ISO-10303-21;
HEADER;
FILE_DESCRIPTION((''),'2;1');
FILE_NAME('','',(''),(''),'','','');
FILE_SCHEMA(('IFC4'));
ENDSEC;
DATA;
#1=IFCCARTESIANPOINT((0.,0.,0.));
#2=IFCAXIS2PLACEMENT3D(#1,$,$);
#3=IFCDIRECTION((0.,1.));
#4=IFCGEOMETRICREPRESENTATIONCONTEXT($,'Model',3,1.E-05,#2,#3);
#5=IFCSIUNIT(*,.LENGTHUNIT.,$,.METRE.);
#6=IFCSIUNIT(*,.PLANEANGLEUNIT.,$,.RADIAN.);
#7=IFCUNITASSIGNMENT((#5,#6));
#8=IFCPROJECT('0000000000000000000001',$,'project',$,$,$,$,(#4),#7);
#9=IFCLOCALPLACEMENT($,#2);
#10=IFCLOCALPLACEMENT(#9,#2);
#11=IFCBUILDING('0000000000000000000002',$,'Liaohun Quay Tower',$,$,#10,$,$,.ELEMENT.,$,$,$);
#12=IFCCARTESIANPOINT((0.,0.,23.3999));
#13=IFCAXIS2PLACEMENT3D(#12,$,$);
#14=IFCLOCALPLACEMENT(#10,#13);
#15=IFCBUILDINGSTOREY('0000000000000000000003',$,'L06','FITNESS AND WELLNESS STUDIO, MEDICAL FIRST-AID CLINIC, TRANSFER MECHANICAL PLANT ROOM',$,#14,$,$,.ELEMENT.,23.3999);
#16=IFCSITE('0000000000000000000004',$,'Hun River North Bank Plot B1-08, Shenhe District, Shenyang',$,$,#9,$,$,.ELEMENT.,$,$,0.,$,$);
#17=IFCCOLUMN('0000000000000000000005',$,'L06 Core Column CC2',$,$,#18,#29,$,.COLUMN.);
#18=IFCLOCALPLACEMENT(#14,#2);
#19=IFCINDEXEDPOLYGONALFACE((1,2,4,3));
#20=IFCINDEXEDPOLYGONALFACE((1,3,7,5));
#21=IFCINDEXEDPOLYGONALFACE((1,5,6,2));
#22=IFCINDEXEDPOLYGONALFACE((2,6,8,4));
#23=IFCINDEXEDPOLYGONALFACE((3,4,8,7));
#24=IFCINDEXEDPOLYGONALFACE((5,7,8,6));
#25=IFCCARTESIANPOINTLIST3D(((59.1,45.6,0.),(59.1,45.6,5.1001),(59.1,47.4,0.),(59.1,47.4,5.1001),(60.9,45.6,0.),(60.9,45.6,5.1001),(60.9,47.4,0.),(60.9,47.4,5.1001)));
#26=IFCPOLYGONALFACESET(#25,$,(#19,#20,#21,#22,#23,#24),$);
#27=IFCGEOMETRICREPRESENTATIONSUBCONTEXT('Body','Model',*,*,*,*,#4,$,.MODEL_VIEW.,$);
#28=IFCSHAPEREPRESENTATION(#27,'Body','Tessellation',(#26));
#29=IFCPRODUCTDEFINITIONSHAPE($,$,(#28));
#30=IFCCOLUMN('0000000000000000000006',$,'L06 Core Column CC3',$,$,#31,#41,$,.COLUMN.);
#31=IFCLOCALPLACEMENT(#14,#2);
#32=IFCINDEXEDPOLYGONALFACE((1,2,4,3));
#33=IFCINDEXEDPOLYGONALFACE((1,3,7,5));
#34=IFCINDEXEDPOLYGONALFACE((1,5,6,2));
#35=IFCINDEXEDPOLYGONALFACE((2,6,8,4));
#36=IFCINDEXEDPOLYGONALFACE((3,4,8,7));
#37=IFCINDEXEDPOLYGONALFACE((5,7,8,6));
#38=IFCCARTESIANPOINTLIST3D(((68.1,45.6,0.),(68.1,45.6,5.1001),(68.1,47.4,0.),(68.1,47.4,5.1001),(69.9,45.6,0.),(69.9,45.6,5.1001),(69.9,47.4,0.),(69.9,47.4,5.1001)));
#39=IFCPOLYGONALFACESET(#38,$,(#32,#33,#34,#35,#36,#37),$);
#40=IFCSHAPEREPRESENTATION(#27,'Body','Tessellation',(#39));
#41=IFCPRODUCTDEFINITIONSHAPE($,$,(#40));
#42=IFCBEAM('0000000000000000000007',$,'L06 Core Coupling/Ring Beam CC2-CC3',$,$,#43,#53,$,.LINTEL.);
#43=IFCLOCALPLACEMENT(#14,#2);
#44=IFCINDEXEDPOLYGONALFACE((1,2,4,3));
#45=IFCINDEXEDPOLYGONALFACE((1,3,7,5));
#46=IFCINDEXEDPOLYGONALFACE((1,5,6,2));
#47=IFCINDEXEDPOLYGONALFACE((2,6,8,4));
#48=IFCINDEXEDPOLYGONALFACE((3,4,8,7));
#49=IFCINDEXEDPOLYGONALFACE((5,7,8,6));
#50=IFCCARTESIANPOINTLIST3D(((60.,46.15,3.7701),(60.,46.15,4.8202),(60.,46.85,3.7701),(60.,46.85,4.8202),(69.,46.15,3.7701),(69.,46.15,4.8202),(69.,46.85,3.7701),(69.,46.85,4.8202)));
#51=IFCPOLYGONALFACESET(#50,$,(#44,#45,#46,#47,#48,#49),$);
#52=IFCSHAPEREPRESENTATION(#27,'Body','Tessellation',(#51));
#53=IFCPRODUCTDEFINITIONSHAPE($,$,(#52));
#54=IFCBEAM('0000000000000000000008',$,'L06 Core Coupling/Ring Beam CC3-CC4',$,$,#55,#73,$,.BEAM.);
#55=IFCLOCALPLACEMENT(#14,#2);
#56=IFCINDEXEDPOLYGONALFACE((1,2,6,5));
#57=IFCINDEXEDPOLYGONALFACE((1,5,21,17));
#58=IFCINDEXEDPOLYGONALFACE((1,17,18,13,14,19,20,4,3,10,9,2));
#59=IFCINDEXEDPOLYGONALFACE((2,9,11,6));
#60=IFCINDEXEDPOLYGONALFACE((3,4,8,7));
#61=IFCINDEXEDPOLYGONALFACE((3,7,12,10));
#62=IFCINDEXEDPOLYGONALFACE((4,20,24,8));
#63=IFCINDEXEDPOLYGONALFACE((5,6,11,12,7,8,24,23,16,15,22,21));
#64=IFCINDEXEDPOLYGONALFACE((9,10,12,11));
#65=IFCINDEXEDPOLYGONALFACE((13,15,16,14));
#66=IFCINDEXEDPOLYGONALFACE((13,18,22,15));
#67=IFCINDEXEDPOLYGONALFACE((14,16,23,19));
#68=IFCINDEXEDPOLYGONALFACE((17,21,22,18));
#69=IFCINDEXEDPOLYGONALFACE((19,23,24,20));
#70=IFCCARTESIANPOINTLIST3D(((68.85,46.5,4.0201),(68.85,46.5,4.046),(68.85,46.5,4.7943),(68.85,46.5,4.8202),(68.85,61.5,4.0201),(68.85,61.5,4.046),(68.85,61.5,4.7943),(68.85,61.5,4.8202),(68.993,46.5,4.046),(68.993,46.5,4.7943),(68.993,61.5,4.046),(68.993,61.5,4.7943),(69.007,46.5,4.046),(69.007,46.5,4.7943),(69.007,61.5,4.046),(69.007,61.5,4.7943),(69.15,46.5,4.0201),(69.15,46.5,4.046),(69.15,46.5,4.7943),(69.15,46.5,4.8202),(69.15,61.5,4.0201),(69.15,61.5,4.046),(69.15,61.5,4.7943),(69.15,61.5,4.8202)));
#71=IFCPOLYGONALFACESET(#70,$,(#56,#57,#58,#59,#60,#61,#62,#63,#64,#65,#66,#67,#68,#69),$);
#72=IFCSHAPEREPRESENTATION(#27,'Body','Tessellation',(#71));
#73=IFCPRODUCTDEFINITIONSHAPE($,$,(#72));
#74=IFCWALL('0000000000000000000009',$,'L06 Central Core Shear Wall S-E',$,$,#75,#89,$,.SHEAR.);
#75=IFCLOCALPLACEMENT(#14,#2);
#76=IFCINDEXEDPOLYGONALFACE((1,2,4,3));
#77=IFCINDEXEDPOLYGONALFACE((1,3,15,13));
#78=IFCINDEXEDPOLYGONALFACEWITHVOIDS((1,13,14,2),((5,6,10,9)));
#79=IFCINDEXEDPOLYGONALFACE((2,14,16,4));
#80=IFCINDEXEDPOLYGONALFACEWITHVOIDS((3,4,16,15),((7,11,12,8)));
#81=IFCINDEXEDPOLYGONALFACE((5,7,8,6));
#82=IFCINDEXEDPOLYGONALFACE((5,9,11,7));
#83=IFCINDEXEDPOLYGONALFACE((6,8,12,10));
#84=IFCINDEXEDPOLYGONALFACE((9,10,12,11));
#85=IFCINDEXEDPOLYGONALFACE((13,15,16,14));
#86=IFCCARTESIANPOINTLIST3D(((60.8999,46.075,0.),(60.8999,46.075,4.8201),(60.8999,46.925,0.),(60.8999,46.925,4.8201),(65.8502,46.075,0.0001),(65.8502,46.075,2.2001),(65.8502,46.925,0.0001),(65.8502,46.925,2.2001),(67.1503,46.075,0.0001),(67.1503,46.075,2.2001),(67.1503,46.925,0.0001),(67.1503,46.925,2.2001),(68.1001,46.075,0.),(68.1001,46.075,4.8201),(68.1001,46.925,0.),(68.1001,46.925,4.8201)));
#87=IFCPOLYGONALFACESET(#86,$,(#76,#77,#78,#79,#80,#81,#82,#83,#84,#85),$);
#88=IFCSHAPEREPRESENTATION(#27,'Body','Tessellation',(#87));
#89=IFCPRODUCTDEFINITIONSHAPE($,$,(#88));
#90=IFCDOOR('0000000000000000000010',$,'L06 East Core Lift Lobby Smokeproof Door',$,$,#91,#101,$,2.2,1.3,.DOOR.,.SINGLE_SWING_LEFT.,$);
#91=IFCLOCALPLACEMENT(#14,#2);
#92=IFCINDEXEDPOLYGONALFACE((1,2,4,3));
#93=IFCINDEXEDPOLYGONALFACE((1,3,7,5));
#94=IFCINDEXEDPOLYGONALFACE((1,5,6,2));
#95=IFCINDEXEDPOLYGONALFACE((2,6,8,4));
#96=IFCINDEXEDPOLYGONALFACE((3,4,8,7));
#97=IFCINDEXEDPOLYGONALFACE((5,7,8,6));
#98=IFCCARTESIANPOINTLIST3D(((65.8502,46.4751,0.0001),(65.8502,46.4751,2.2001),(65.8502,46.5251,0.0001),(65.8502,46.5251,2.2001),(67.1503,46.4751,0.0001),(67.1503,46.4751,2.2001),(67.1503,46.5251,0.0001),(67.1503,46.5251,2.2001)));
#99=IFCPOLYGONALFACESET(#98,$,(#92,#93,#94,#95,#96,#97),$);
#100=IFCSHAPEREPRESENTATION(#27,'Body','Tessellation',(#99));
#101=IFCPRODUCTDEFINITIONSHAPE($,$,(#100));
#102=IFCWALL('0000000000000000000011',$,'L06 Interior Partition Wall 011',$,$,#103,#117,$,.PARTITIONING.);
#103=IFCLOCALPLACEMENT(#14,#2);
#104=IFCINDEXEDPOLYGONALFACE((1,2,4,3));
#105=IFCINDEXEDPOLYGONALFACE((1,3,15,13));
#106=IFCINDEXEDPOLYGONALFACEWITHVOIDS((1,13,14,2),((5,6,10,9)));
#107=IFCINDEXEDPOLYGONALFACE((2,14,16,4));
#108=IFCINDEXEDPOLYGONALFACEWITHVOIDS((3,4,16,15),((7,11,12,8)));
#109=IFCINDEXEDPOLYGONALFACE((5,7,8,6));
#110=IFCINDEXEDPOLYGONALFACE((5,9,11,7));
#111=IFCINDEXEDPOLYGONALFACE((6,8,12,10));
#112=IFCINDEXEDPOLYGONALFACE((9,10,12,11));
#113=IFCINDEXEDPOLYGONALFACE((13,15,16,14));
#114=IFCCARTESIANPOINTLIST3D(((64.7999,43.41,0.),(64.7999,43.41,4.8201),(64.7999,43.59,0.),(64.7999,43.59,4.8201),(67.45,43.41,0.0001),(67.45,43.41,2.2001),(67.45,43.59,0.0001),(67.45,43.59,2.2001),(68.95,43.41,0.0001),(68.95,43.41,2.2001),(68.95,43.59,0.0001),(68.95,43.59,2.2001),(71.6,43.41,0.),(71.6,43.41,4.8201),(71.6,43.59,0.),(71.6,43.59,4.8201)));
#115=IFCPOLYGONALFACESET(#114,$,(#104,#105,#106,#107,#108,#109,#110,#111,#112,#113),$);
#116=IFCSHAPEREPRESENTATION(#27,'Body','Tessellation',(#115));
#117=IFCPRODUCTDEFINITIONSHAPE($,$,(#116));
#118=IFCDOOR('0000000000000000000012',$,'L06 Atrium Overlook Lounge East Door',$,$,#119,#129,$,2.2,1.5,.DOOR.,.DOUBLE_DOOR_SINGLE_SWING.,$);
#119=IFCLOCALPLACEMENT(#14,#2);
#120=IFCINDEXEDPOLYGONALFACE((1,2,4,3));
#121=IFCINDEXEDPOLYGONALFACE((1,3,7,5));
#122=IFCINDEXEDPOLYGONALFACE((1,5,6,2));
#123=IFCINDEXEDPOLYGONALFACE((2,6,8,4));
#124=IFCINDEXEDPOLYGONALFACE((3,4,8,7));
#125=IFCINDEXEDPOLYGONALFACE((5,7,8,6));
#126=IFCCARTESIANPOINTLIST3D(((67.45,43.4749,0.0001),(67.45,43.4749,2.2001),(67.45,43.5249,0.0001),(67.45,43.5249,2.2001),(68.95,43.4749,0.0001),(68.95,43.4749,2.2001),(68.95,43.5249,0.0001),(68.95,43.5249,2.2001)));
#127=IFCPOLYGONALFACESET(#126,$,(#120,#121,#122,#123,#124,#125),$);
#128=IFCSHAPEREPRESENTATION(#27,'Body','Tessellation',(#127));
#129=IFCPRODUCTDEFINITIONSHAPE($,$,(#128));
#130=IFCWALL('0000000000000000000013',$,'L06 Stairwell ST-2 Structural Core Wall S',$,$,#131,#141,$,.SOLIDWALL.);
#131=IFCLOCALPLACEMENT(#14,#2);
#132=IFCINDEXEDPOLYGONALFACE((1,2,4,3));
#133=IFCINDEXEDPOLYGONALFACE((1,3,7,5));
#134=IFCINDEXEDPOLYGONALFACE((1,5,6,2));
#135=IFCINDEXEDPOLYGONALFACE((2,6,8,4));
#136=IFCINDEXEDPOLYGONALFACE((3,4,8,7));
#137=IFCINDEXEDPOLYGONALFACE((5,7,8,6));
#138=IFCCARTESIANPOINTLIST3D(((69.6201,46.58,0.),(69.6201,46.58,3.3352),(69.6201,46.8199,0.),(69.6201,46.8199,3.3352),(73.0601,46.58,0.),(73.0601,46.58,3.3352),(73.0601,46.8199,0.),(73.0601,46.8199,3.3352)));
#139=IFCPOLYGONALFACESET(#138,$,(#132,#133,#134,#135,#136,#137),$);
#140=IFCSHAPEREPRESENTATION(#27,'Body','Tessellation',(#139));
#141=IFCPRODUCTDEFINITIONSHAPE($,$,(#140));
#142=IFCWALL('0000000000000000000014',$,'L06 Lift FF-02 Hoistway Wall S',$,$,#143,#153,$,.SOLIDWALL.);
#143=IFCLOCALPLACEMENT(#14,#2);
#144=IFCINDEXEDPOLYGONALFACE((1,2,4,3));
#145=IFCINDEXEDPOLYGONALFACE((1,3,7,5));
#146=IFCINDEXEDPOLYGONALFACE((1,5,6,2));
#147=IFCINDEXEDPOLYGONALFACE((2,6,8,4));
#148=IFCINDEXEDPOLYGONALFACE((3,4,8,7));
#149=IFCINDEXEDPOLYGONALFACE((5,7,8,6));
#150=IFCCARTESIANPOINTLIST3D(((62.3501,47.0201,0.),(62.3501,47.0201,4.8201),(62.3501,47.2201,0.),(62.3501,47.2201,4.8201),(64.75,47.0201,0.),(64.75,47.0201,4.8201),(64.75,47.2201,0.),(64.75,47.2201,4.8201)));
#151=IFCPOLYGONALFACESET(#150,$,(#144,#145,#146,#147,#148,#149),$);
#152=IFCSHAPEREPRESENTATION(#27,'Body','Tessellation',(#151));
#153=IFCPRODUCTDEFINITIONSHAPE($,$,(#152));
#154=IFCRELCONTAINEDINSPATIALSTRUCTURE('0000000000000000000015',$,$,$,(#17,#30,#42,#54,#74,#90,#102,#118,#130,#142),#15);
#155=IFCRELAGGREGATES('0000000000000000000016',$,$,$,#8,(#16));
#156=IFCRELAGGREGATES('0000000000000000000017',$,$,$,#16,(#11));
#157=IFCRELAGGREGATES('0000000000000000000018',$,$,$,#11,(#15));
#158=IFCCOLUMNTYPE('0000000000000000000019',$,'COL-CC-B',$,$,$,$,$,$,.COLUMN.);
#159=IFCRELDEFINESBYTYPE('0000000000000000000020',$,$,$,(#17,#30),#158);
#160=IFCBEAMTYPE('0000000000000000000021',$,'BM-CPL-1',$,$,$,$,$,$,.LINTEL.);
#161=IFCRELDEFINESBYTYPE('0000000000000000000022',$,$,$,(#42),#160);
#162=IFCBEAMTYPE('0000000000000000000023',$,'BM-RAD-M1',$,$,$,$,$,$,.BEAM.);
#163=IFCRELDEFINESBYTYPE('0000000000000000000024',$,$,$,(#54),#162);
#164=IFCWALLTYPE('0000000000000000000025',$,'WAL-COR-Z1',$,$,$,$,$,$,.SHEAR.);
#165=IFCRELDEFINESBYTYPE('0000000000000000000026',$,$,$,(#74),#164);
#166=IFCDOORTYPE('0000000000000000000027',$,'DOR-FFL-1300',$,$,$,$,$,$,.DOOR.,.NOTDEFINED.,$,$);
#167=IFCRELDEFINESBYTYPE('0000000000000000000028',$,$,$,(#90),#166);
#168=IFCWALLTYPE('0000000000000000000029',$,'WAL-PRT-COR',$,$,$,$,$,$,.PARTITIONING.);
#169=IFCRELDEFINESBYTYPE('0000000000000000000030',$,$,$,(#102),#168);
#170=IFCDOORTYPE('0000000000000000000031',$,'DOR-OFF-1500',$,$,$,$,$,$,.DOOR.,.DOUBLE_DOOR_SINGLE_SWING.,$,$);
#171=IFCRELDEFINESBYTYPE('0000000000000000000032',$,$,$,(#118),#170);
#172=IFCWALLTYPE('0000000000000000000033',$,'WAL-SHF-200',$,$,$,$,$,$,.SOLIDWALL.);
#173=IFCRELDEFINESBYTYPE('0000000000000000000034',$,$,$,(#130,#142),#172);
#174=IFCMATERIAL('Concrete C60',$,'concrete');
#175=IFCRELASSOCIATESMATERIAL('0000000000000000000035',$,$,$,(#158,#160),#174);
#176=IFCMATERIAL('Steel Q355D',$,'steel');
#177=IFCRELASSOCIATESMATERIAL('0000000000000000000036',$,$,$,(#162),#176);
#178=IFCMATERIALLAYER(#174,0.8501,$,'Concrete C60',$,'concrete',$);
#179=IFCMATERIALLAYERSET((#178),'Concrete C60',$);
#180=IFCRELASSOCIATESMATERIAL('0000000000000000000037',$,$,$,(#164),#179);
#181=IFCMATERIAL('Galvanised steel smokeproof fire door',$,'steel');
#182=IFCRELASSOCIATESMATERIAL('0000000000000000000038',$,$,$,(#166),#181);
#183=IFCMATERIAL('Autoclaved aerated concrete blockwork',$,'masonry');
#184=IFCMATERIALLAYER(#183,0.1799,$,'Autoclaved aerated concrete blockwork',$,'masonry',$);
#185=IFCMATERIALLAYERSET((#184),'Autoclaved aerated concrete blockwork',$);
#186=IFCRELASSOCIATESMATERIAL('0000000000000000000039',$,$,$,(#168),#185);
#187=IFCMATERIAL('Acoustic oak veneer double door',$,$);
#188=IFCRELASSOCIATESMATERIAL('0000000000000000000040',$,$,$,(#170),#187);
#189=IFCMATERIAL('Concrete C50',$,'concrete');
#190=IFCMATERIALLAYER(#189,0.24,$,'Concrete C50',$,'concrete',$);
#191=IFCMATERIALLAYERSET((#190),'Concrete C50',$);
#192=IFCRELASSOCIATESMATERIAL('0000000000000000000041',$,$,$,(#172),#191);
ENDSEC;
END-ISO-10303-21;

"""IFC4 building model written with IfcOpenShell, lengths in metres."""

from ifc_helpers import new_model, si_unit, direction, frame, frame_2d, origin, origin_2d, place, context, subcontext, project, spatial, rectangle, i_section, extrude, source, transform, mapped, material, layer, layer_set, material_profile, profile_set, type_object, element, fill, save


model = new_model("IFC4")

# Units and contexts
model_context = context("Model", 3, precision=1e-05, world=origin(), true_north=direction((0.0, 1.0)))
body_context = subcontext(model_context, "Body", "Model", "MODEL_VIEW")
ifc_project = project(units=[si_unit("LENGTHUNIT", "METRE"), si_unit("PLANEANGLEUNIT", "RADIAN")], contexts=[model_context])

# Site, building, storey
site_placement = place(None, origin())
site = spatial("IfcSite", under=ifc_project, at=site_placement, Name="Hun River North Bank Plot B1-08, Shenhe District, Shenyang", CompositionType="ELEMENT", RefElevation=0.0)
building_placement = place(site_placement, origin())
building = spatial("IfcBuilding", under=site, at=building_placement, Name="Liaohun Quay Tower", CompositionType="ELEMENT")
storey_placement = place(building_placement, frame((0.0, 0.0, 23.3999)))
storey = spatial("IfcBuildingStorey", under=building, at=storey_placement, Name="L06", Description="FITNESS AND WELLNESS STUDIO, MEDICAL FIRST-AID CLINIC, TRANSFER MECHANICAL PLANT ROOM", CompositionType="ELEMENT", Elevation=23.3999)

# Columns
ifc_material_1 = material(Name="Concrete C60", Category="concrete")
ifc_material_profile_1 = material_profile(ifc_material_1, rectangle(XDim=1.8, YDim=1.8, at=origin_2d()), Name="RC1800x1800")
ifc_profile_set_1 = profile_set([ifc_material_profile_1], Name="Concrete C60")
column_type = type_object("IfcColumnType", Name="COL-CC-B", PredefinedType="COLUMN", material=ifc_profile_set_1)
shared_shape_1 = source(origin(), body_context, "Body", "SweptSolid", [
    extrude(rectangle(XDim=1.8, YDim=1.8, at=origin_2d()), origin(), (0.0, 0.0, 1.0), 5.1001),
])
for number, where, z_axis, x_axis, name in (
    (1, (60.0, 46.5, 0.0), (0.0, 0.0, 1.0), (1.0, 0.0, 0.0), "L06 Core Column CC2"),
    (2, (69.0, 46.5, 0.0), (0.0, 0.0, 1.0), (1.0, 0.0, 0.0), "L06 Core Column CC3"),
):
    element("IfcColumn", number, at=place(storey_placement, frame(where, z_axis=z_axis, x_axis=x_axis)), inside=storey, type_object=column_type, Name=name, PredefinedType="COLUMN", context=body_context, shape_type="MappedRepresentation", body=[
        mapped(shared_shape_1, transform((0.0, 0.0, 0.0), x_axis=(1.0, 0.0, 0.0), y_axis=(0.0, 1.0, 0.0), z_axis=(0.0, 0.0, 1.0), scale=1.0)),
    ])

# Beams
ifc_material_profile_2 = material_profile(ifc_material_1, rectangle(XDim=0.7, YDim=1.05, at=origin_2d()), Name="RC700x1050")
ifc_profile_set_2 = profile_set([ifc_material_profile_2], Name="Concrete C60")
beam_type_1 = type_object("IfcBeamType", Name="BM-CPL-1", PredefinedType="LINTEL", material=ifc_profile_set_2)
shared_shape_2 = source(origin(), body_context, "Body", "SweptSolid", [
    extrude(rectangle(XDim=0.7, YDim=1.05, at=origin_2d()), origin(), (0.0, 0.0, 1.0), 9.0),
])
beam_1_placement = place(storey_placement, frame((60.0, 46.5, 4.2952), z_axis=(1.0, 0.0, 0.0), x_axis=(0.0, 1.0, 0.0)))
element("IfcBeam", 3, at=beam_1_placement, inside=storey, type_object=beam_type_1, Name="L06 Core Coupling/Ring Beam CC2-CC3", PredefinedType="LINTEL", context=body_context, shape_type="MappedRepresentation", body=[
    mapped(shared_shape_2, transform((0.0, 0.0, 0.0), x_axis=(1.0, 0.0, 0.0), y_axis=(0.0, 1.0, 0.0), z_axis=(0.0, 0.0, 1.0), scale=1.0)),
])
ifc_material_2 = material(Name="Steel Q355D", Category="steel")
ifc_material_profile_3 = material_profile(ifc_material_2, i_section(OverallWidth=0.3, OverallDepth=0.8, WebThickness=0.0139, FlangeThickness=0.0259, at=origin_2d()), Name="HN800x300x14x26")
ifc_profile_set_3 = profile_set([ifc_material_profile_3], Name="Steel Q355D")
beam_type_2 = type_object("IfcBeamType", Name="BM-RAD-M1", PredefinedType="BEAM", material=ifc_profile_set_3)
shared_shape_3 = source(origin(), body_context, "Body", "SweptSolid", [
    extrude(i_section(OverallWidth=0.3, OverallDepth=0.8, WebThickness=0.0139, FlangeThickness=0.0259, at=origin_2d()), origin(), (0.0, 0.0, 1.0), 15.0),
])
beam_2_placement = place(storey_placement, frame((69.0, 46.5, 4.4202), z_axis=(0.0, 1.0, 0.0), x_axis=(-1.0, 0.0, 0.0)))
element("IfcBeam", 4, at=beam_2_placement, inside=storey, type_object=beam_type_2, Name="L06 Core Coupling/Ring Beam CC3-CC4", PredefinedType="BEAM", context=body_context, shape_type="MappedRepresentation", body=[
    mapped(shared_shape_3, transform((0.0, 0.0, 0.0), x_axis=(1.0, 0.0, 0.0), y_axis=(0.0, 1.0, 0.0), z_axis=(0.0, 0.0, 1.0), scale=1.0)),
])

# Walls, openings, doors
ifc_layer_1 = layer(ifc_material_1, 0.8501, Name="Concrete C60", Category="concrete")
ifc_layer_set_1 = layer_set([ifc_layer_1], Name="Concrete C60")
wall_type_1 = type_object("IfcWallType", Name="WAL-COR-Z1", PredefinedType="SHEAR", material=ifc_layer_set_1)
wall_1_placement = place(storey_placement, frame((68.1001, 46.5, 0.0), z_axis=(0.0, 0.0, 1.0), x_axis=(-1.0, 0.0, 0.0)))
wall_1 = element("IfcWall", 5, at=wall_1_placement, inside=storey, type_object=wall_type_1, Name="L06 Central Core Shear Wall S-E", PredefinedType="SHEAR", context=body_context, shape_type="SweptSolid", body=[
    extrude(rectangle(XDim=7.2002, YDim=0.8501, at=frame_2d((3.6001, 0.0))), origin(), (0.0, 0.0, 1.0), 4.8201),
])
shared_shape_4 = source(origin(), body_context, "Body", "SweptSolid", [
    extrude(rectangle(XDim=1.3, YDim=2.2, at=frame_2d((0.6499, 1.1001))), frame((0.0, 0.4351, 0.0), z_axis=(0.0, -1.0, 0.0), x_axis=(1.0, 0.0, 0.0)), (0.0, 0.0, 1.0), 0.8701),
])
opening_1_placement = place(wall_1_placement, frame((0.95, 0.0, 0.0)))
opening_1 = element("IfcOpeningElement", 6, at=opening_1_placement, cuts=wall_1, PredefinedType="OPENING", context=body_context, shape_type="MappedRepresentation", body=[
    mapped(shared_shape_4, transform((0.0, 0.0, 0.0), x_axis=(1.0, 0.0, 0.0), y_axis=(0.0, 1.0, 0.0), z_axis=(0.0, 0.0, 1.0), scale=1.0)),
])
ifc_material_3 = material(Name="Galvanised steel smokeproof fire door", Category="steel")
door_type_1 = type_object("IfcDoorType", Name="DOR-FFL-1300", OperationType="NOTDEFINED", PredefinedType="DOOR", material=ifc_material_3)
shared_shape_5 = source(origin(), body_context, "Body", "SweptSolid", [
    extrude(rectangle(XDim=1.3, YDim=2.2, at=frame_2d((0.6499, 1.1001))), frame((0.0, 0.0249, 0.0), z_axis=(0.0, -1.0, 0.0), x_axis=(1.0, 0.0, 0.0)), (0.0, 0.0, 1.0), 0.05),
])
door_1_placement = place(opening_1_placement, origin())
door_1 = element("IfcDoor", 7, at=door_1_placement, inside=storey, type_object=door_type_1, Name="L06 East Core Lift Lobby Smokeproof Door", OperationType="SINGLE_SWING_LEFT", OverallHeight=2.2, OverallWidth=1.3, PredefinedType="DOOR", context=body_context, shape_type="MappedRepresentation", body=[
    mapped(shared_shape_5, transform((0.0, 0.0, 0.0), x_axis=(1.0, 0.0, 0.0), y_axis=(0.0, 1.0, 0.0), z_axis=(0.0, 0.0, 1.0), scale=1.0)),
])
fill(opening_1, door_1)
ifc_material_4 = material(Name="Autoclaved aerated concrete blockwork", Category="masonry")
ifc_layer_2 = layer(ifc_material_4, 0.1799, Name="Autoclaved aerated concrete blockwork", Category="masonry")
ifc_layer_set_2 = layer_set([ifc_layer_2], Name="Autoclaved aerated concrete blockwork")
wall_type_2 = type_object("IfcWallType", Name="WAL-PRT-COR", PredefinedType="PARTITIONING", material=ifc_layer_set_2)
wall_2_placement = place(storey_placement, frame((64.8, 43.5, 0.0), z_axis=(0.0, 0.0, 1.0), x_axis=(1.0, 0.0, 0.0)))
wall_2 = element("IfcWall", 8, at=wall_2_placement, inside=storey, type_object=wall_type_2, Name="L06 Interior Partition Wall 011", PredefinedType="PARTITIONING", context=body_context, shape_type="SweptSolid", body=[
    extrude(rectangle(XDim=6.8, YDim=0.1799, at=frame_2d((3.3999, 0.0))), origin(), (0.0, 0.0, 1.0), 4.8201),
])
shared_shape_6 = source(origin(), body_context, "Body", "SweptSolid", [
    extrude(rectangle(XDim=1.5, YDim=2.2, at=frame_2d((0.75, 1.1001))), frame((0.0, 0.0999, 0.0), z_axis=(0.0, -1.0, 0.0), x_axis=(1.0, 0.0, 0.0)), (0.0, 0.0, 1.0), 0.2),
])
opening_2_placement = place(wall_2_placement, frame((2.6499, 0.0, 0.0)))
opening_2 = element("IfcOpeningElement", 9, at=opening_2_placement, cuts=wall_2, PredefinedType="OPENING", context=body_context, shape_type="MappedRepresentation", body=[
    mapped(shared_shape_6, transform((0.0, 0.0, 0.0), x_axis=(1.0, 0.0, 0.0), y_axis=(0.0, 1.0, 0.0), z_axis=(0.0, 0.0, 1.0), scale=1.0)),
])
ifc_material_5 = material(Name="Acoustic oak veneer double door")
door_type_2 = type_object("IfcDoorType", Name="DOR-OFF-1500", OperationType="DOUBLE_DOOR_SINGLE_SWING", PredefinedType="DOOR", material=ifc_material_5)
shared_shape_7 = source(origin(), body_context, "Body", "SweptSolid", [
    extrude(rectangle(XDim=1.5, YDim=2.2, at=frame_2d((0.75, 1.1001))), frame((0.0, 0.0249, 0.0), z_axis=(0.0, -1.0, 0.0), x_axis=(1.0, 0.0, 0.0)), (0.0, 0.0, 1.0), 0.05),
])
door_2_placement = place(opening_2_placement, origin())
door_2 = element("IfcDoor", 10, at=door_2_placement, inside=storey, type_object=door_type_2, Name="L06 Atrium Overlook Lounge East Door", OperationType="DOUBLE_DOOR_SINGLE_SWING", OverallHeight=2.2, OverallWidth=1.5, PredefinedType="DOOR", context=body_context, shape_type="MappedRepresentation", body=[
    mapped(shared_shape_7, transform((0.0, 0.0, 0.0), x_axis=(1.0, 0.0, 0.0), y_axis=(0.0, 1.0, 0.0), z_axis=(0.0, 0.0, 1.0), scale=1.0)),
])
fill(opening_2, door_2)

# Walls
ifc_material_6 = material(Name="Concrete C50", Category="concrete")
ifc_layer_3 = layer(ifc_material_6, 0.24, Name="Concrete C50", Category="concrete")
ifc_layer_set_3 = layer_set([ifc_layer_3], Name="Concrete C50")
wall_type_3 = type_object("IfcWallType", Name="WAL-SHF-200", PredefinedType="SOLIDWALL", material=ifc_layer_set_3)
wall_3_placement = place(storey_placement, frame((69.6201, 46.7, 0.0), z_axis=(0.0, 0.0, 1.0), x_axis=(1.0, 0.0, 0.0)))
element("IfcWall", 11, at=wall_3_placement, inside=storey, type_object=wall_type_3, Name="L06 Stairwell ST-2 Structural Core Wall S", PredefinedType="SOLIDWALL", context=body_context, shape_type="SweptSolid", body=[
    extrude(rectangle(XDim=3.4399, YDim=0.24, at=frame_2d((1.72, 0.0))), origin(), (0.0, 0.0, 1.0), 3.3352),
])
wall_4_placement = place(storey_placement, frame((62.3501, 47.1201, 0.0), z_axis=(0.0, 0.0, 1.0), x_axis=(1.0, 0.0, 0.0)))
element("IfcWall", 12, at=wall_4_placement, inside=storey, type_object=wall_type_3, Name="L06 Lift FF-02 Hoistway Wall S", PredefinedType="SOLIDWALL", context=body_context, shape_type="SweptSolid", body=[
    extrude(rectangle(XDim=2.3999, YDim=0.2, at=frame_2d((1.2, 0.0))), origin(), (0.0, 0.0, 1.0), 4.8201),
])

save(model, "model.ifc")
